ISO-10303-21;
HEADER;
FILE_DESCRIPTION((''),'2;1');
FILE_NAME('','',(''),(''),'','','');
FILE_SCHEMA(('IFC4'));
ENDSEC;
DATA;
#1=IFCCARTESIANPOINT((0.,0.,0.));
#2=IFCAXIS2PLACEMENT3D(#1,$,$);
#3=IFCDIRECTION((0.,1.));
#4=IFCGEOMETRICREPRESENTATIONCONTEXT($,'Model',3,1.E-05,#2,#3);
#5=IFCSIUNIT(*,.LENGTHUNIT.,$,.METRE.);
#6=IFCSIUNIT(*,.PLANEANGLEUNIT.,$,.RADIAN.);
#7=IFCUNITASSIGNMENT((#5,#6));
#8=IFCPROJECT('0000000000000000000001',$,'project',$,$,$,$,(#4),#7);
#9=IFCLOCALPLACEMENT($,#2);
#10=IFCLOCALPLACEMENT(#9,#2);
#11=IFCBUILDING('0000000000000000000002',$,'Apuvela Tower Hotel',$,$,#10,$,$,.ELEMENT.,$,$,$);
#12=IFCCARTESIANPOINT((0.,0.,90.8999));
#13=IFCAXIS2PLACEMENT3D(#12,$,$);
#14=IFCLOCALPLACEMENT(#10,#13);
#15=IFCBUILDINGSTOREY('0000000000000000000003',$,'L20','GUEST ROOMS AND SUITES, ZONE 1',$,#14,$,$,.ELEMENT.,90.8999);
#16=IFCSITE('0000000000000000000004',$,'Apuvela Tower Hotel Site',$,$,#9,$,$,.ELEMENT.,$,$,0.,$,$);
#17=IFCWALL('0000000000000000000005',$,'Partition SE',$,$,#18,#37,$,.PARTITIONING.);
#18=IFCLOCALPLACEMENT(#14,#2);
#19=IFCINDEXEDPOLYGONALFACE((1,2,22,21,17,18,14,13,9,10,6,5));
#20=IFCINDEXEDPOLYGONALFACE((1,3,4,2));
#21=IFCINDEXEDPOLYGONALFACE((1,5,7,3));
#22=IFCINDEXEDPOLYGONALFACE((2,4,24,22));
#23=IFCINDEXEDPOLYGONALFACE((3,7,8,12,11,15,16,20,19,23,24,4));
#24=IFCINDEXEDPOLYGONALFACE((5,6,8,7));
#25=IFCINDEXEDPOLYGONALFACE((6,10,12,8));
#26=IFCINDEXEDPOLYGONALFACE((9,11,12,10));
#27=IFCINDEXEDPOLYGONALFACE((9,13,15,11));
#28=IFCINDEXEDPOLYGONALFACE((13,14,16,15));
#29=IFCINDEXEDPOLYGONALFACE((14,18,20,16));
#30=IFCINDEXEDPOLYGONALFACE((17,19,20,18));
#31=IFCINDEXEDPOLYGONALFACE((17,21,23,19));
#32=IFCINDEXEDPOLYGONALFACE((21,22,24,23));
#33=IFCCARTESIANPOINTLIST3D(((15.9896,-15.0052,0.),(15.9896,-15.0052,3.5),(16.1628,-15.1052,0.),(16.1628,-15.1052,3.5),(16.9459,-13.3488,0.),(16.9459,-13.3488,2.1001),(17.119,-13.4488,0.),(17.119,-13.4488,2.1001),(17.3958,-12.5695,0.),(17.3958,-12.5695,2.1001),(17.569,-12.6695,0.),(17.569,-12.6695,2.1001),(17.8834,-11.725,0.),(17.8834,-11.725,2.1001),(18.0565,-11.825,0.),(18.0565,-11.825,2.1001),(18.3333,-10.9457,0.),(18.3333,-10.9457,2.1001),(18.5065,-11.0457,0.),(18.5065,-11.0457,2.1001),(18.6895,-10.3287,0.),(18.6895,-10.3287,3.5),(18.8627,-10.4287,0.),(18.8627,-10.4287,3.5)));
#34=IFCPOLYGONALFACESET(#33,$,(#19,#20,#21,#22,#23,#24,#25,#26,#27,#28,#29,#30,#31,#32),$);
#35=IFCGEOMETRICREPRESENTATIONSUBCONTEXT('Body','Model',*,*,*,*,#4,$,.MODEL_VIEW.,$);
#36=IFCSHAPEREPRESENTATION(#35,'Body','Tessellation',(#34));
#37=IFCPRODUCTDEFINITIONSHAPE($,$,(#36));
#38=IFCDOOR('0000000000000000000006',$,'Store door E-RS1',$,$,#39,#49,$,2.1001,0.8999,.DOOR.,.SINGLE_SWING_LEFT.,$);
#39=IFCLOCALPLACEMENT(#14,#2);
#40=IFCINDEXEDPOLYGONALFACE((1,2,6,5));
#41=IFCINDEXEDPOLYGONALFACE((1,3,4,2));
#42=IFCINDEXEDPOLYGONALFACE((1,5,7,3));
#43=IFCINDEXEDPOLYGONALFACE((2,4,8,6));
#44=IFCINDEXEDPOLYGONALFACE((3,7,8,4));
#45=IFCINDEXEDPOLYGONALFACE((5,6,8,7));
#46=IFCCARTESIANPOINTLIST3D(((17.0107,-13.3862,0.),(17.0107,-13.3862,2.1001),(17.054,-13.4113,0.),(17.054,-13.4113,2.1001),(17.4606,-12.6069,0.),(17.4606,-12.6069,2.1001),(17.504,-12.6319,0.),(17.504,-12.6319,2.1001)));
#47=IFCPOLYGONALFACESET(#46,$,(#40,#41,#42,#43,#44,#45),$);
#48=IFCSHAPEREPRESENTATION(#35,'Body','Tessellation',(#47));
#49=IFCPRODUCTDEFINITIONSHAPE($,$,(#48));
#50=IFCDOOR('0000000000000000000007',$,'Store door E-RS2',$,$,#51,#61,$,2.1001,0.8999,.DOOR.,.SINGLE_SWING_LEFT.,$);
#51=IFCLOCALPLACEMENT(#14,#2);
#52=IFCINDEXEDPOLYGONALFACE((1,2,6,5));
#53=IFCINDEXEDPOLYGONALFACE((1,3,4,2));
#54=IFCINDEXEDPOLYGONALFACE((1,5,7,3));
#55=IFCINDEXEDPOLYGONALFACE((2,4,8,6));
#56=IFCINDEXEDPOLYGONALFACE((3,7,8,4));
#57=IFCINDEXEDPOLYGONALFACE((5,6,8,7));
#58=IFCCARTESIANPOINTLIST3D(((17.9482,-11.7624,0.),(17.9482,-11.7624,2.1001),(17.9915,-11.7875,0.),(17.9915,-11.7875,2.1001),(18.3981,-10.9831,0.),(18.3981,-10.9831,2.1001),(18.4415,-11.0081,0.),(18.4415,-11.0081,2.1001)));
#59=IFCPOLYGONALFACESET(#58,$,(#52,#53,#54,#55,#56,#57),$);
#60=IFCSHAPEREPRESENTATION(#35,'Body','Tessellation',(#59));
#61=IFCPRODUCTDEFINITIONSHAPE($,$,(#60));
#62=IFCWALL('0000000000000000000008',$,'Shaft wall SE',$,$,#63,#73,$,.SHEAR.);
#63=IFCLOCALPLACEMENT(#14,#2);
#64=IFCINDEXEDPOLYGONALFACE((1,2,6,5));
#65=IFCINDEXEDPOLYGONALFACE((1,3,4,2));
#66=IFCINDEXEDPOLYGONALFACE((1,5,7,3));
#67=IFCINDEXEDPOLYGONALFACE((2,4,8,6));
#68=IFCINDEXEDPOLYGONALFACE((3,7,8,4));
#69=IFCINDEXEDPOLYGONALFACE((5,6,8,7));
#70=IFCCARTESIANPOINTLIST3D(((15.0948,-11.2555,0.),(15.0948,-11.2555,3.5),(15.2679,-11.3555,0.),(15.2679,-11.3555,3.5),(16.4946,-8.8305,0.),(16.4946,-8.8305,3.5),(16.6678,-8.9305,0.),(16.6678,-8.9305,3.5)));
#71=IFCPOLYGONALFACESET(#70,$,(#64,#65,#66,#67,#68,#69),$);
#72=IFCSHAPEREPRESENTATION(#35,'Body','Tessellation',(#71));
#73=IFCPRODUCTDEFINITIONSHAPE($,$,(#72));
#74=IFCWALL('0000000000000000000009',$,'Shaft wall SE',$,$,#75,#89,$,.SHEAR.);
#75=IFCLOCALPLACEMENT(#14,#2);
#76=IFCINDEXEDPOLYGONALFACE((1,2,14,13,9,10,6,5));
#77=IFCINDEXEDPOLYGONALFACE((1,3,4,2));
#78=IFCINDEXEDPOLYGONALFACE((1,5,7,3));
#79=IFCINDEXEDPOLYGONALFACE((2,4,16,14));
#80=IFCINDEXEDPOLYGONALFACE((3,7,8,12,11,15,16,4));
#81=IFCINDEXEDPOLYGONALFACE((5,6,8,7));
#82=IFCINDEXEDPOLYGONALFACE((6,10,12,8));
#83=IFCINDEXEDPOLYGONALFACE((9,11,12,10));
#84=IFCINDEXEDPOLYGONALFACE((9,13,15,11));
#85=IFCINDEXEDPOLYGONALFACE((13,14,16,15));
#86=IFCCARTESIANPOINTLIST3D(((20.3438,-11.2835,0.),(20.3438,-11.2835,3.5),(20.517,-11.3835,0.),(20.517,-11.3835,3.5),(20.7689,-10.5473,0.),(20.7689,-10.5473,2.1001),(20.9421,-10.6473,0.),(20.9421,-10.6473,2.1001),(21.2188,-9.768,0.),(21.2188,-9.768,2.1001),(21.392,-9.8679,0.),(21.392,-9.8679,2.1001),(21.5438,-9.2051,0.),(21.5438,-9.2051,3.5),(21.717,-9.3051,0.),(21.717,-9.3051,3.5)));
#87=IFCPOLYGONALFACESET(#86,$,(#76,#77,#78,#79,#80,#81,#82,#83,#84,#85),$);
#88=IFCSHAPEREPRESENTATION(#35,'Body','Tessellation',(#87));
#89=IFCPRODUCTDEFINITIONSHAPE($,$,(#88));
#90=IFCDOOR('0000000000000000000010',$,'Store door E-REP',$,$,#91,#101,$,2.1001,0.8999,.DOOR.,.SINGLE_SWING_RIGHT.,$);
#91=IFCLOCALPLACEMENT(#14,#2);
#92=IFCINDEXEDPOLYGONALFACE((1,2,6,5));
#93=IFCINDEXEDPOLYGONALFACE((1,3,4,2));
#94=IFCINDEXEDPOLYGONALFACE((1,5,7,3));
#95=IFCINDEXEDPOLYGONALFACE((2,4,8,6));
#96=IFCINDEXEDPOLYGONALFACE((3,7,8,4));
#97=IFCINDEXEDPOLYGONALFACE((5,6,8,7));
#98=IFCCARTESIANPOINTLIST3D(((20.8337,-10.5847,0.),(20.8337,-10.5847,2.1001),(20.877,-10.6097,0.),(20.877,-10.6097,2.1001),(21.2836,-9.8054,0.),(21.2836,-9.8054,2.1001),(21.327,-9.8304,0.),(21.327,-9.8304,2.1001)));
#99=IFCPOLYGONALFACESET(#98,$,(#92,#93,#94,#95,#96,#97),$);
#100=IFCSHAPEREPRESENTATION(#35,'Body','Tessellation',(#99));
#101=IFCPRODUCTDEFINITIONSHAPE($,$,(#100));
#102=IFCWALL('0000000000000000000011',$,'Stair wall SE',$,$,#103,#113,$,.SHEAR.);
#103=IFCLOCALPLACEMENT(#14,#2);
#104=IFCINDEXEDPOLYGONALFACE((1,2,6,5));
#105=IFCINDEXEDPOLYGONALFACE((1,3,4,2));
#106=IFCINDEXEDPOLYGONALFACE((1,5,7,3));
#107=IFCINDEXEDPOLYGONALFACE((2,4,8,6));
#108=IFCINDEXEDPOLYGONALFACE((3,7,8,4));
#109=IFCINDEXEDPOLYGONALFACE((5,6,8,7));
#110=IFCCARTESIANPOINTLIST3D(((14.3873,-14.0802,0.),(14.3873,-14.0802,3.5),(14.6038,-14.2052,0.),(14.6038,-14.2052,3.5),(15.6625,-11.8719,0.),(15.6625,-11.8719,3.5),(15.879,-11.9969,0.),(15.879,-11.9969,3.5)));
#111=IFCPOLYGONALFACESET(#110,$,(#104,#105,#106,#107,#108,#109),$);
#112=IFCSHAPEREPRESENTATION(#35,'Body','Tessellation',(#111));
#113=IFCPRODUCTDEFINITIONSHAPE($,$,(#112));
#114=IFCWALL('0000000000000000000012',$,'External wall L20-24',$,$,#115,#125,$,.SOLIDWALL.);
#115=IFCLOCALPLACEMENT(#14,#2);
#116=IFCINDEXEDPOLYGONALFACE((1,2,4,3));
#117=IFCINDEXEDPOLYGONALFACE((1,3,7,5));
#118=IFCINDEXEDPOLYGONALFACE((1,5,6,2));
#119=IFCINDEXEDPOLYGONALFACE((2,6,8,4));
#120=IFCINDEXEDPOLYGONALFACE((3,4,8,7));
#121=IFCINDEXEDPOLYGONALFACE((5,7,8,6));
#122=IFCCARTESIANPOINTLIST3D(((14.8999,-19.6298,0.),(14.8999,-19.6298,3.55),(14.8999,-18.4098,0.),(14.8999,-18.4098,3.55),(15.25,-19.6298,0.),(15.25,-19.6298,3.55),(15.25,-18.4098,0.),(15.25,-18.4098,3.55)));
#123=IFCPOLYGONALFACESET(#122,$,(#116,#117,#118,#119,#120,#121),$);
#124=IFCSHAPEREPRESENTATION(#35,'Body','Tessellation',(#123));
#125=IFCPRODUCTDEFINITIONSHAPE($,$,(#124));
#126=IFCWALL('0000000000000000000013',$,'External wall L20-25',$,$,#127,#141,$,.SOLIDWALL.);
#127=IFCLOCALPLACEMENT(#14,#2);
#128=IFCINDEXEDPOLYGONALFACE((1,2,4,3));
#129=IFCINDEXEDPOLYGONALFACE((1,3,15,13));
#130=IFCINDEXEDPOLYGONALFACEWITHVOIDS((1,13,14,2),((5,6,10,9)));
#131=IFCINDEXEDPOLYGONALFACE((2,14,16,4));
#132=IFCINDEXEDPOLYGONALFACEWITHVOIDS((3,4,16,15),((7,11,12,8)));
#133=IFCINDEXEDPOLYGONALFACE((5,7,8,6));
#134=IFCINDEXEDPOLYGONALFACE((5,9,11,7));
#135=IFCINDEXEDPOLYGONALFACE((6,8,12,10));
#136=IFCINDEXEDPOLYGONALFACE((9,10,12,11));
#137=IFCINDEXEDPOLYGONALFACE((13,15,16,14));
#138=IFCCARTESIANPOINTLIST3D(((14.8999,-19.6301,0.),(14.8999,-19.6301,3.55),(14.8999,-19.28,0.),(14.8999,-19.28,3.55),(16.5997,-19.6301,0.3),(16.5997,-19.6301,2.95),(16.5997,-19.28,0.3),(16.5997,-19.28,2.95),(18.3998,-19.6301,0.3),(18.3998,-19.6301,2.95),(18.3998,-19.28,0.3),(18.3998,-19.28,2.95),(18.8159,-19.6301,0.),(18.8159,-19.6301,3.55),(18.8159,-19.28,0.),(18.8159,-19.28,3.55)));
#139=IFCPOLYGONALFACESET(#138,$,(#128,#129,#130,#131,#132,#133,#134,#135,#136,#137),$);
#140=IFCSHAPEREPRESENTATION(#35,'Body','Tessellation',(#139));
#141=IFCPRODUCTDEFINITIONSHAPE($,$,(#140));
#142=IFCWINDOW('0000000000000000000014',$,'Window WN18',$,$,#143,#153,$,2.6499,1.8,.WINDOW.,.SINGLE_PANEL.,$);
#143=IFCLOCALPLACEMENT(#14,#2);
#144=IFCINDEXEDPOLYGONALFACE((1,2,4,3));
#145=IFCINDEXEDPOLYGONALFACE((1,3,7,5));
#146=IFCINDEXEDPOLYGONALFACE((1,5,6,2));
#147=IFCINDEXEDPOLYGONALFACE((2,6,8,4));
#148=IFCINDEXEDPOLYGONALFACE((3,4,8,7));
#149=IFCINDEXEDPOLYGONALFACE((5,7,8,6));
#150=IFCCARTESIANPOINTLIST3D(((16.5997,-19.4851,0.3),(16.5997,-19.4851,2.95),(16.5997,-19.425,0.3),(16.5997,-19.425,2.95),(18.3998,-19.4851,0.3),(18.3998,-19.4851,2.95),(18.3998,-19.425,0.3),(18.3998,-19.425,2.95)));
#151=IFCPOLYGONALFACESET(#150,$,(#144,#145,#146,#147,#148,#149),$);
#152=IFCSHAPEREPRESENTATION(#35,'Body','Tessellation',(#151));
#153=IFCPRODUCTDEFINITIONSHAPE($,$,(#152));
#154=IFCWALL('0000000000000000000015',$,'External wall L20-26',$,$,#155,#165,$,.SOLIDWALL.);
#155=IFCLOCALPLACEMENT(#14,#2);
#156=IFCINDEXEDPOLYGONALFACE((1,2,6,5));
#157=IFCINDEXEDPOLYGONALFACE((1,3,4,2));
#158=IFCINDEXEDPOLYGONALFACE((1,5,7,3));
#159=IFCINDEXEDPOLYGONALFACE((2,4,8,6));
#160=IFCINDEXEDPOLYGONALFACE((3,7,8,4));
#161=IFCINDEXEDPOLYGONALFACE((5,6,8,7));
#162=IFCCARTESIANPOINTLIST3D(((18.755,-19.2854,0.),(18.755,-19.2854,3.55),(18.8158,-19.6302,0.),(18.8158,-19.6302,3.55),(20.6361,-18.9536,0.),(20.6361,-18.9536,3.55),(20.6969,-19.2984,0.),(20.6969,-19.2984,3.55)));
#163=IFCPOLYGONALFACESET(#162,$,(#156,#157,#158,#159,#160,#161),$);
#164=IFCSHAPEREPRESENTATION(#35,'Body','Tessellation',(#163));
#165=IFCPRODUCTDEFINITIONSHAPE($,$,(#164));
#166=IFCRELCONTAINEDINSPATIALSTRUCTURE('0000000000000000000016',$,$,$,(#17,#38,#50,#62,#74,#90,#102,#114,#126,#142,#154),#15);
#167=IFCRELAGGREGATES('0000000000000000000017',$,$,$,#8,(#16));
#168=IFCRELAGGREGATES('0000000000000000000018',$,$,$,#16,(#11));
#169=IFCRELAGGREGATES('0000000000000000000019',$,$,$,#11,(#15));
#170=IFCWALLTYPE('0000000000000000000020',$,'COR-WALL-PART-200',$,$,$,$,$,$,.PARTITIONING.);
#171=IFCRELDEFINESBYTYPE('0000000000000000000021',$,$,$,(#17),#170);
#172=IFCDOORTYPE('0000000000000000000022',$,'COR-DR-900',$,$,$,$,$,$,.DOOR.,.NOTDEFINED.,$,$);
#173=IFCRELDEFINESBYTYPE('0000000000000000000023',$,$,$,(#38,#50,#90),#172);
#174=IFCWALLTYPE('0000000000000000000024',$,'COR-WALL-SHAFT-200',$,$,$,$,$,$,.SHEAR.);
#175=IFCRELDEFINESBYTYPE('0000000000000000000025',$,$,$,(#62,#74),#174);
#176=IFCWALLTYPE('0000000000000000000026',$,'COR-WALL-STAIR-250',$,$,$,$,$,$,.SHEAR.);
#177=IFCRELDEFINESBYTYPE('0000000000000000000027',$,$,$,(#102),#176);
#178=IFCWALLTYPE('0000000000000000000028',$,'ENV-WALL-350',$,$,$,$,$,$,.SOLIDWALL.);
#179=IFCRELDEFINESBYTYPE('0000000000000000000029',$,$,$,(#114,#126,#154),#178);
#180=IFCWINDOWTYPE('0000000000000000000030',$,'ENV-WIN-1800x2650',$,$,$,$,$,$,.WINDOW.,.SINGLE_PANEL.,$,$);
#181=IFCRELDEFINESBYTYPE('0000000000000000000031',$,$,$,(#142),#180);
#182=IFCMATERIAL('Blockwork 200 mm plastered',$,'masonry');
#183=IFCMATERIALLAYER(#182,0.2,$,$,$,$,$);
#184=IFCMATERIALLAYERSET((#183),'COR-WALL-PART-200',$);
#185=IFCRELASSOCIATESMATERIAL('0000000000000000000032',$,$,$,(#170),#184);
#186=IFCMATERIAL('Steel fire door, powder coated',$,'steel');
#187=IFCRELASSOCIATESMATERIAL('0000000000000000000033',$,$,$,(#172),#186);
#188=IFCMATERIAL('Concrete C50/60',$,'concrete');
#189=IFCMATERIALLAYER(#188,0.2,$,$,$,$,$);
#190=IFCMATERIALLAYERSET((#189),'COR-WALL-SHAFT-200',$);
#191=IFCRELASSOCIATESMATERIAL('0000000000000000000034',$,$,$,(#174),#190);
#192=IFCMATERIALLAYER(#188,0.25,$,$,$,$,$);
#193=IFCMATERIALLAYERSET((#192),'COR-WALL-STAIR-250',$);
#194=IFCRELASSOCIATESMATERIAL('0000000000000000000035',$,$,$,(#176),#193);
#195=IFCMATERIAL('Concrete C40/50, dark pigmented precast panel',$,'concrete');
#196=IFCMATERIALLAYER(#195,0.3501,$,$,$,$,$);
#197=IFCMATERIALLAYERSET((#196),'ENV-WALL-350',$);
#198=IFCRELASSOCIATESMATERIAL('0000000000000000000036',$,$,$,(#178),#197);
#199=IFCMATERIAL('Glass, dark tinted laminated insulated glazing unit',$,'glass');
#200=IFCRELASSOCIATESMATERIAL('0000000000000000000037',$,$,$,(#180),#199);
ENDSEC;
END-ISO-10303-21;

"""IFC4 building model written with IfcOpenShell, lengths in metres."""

from ifc_helpers import new_model, si_unit, direction, frame, frame_2d, origin, place, context, subcontext, project, spatial, rectangle, extrude, material, layer, layer_set, type_object, element, fill, save


model = new_model("IFC4")

# Units and contexts
model_context = context("Model", 3, precision=1e-05, world=origin(), true_north=direction((0.0, 1.0)))
body_context = subcontext(model_context, "Body", "Model", "MODEL_VIEW")
ifc_project = project(units=[si_unit("LENGTHUNIT", "METRE"), si_unit("PLANEANGLEUNIT", "RADIAN")], contexts=[model_context])

# Site, building, storey
site_placement = place(None, origin())
site = spatial("IfcSite", under=ifc_project, at=site_placement, Name="Apuvela Tower Hotel Site", CompositionType="ELEMENT", RefElevation=0.0)
building_placement = place(site_placement, origin())
building = spatial("IfcBuilding", under=site, at=building_placement, Name="Apuvela Tower Hotel", CompositionType="ELEMENT")
storey_placement = place(building_placement, frame((0.0, 0.0, 90.8999)))
storey = spatial("IfcBuildingStorey", under=building, at=storey_placement, Name="L20", Description="GUEST ROOMS AND SUITES, ZONE 1", CompositionType="ELEMENT", Elevation=90.8999)

# Wall, openings, doors
ifc_material_1 = material(Name="Blockwork 200 mm plastered", Category="masonry")
ifc_layer_1 = layer(ifc_material_1, 0.2)
ifc_layer_set_1 = layer_set([ifc_layer_1], Name="COR-WALL-PART-200")
wall_type_1 = type_object("IfcWallType", Name="COR-WALL-PART-200", PredefinedType="PARTITIONING", material=ifc_layer_set_1)
wall_1_placement = place(storey_placement, frame((16.0762, -15.0552, 0.0), z_axis=(0.0, 0.0, 1.0), x_axis=(0.499995, 0.866028, 0.0)))
wall_1 = element("IfcWall", 1, at=wall_1_placement, inside=storey, type_object=wall_type_1, Name="Partition SE", PredefinedType="PARTITIONING", context=body_context, shape_type="SweptSolid", body=[
    extrude(rectangle(XDim=5.3999, YDim=0.2, at=frame_2d((2.7, 0.0))), origin(), (0.0, 0.0, 1.0), 3.5),
])
opening_1_placement = place(wall_1_placement, frame((1.9126, 0.0, 0.0)))
opening_1 = element("IfcOpeningElement", 2, at=opening_1_placement, cuts=wall_1, PredefinedType="OPENING", context=body_context, shape_type="SweptSolid", body=[
    extrude(rectangle(XDim=0.8999, YDim=2.1001, at=frame_2d((0.45, 1.05))), frame((0.0, 0.1099, 0.0), z_axis=(0.0, -1.0, 0.0), x_axis=(1.0, 0.0, 0.0)), (0.0, 0.0, 1.0), 0.22),
])
opening_2_placement = place(wall_1_placement, frame((3.7876, 0.0, 0.0)))
opening_2 = element("IfcOpeningElement", 3, at=opening_2_placement, cuts=wall_1, PredefinedType="OPENING", context=body_context, shape_type="SweptSolid", body=[
    extrude(rectangle(XDim=0.8999, YDim=2.1001, at=frame_2d((0.45, 1.05))), frame((0.0, 0.1099, 0.0), z_axis=(0.0, -1.0, 0.0), x_axis=(1.0, 0.0, 0.0)), (0.0, 0.0, 1.0), 0.22),
])
ifc_material_2 = material(Name="Steel fire door, powder coated", Category="steel")
door_type_1 = type_object("IfcDoorType", Name="COR-DR-900", OperationType="NOTDEFINED", PredefinedType="DOOR", material=ifc_material_2)
door_1_placement = place(opening_1_placement, frame((0.8999, 0.0, 0.0), z_axis=(0.0, 0.0, 1.0), x_axis=(-1.0, 0.0, 0.0)))
door_1 = element("IfcDoor", 4, at=door_1_placement, inside=storey, type_object=door_type_1, Name="Store door E-RS1", OperationType="SINGLE_SWING_LEFT", OverallHeight=2.1001, OverallWidth=0.8999, PredefinedType="DOOR", context=body_context, shape_type="SweptSolid", body=[
    extrude(rectangle(XDim=0.8999, YDim=2.1001, at=frame_2d((0.45, 1.05))), frame((0.0, 0.0249, 0.0), z_axis=(0.0, -1.0, 0.0), x_axis=(1.0, 0.0, 0.0)), (0.0, 0.0, 1.0), 0.05),
])
fill(opening_1, door_1)
door_2_placement = place(opening_2_placement, frame((0.8999, 0.0, 0.0), z_axis=(0.0, 0.0, 1.0), x_axis=(-1.0, 0.0, 0.0)))
door_2 = element("IfcDoor", 5, at=door_2_placement, inside=storey, type_object=door_type_1, Name="Store door E-RS2", OperationType="SINGLE_SWING_LEFT", OverallHeight=2.1001, OverallWidth=0.8999, PredefinedType="DOOR", context=body_context, shape_type="SweptSolid", body=[
    extrude(rectangle(XDim=0.8999, YDim=2.1001, at=frame_2d((0.45, 1.05))), frame((0.0, 0.0249, 0.0), z_axis=(0.0, -1.0, 0.0), x_axis=(1.0, 0.0, 0.0)), (0.0, 0.0, 1.0), 0.05),
])
fill(opening_2, door_2)

# Wall
ifc_material_3 = material(Name="Concrete C50/60", Category="concrete")
ifc_layer_2 = layer(ifc_material_3, 0.2)
ifc_layer_set_2 = layer_set([ifc_layer_2], Name="COR-WALL-SHAFT-200")
wall_type_2 = type_object("IfcWallType", Name="COR-WALL-SHAFT-200", PredefinedType="SHEAR", material=ifc_layer_set_2)
wall_2_placement = place(storey_placement, frame((15.1814, -11.3054, 0.0), z_axis=(0.0, 0.0, 1.0), x_axis=(0.499946, 0.866056, 0.0)))
element("IfcWall", 6, at=wall_2_placement, inside=storey, type_object=wall_type_2, Name="Shaft wall SE", PredefinedType="SHEAR", context=body_context, shape_type="SweptSolid", body=[
    extrude(rectangle(XDim=2.8, YDim=0.2, at=frame_2d((1.3999, 0.0))), origin(), (0.0, 0.0, 1.0), 3.5),
])

# Wall, opening, door
wall_3_placement = place(storey_placement, frame((20.4304, -11.3335, 0.0), z_axis=(0.0, 0.0, 1.0), x_axis=(0.500001, 0.866025, 0.0)))
wall_3 = element("IfcWall", 7, at=wall_3_placement, inside=storey, type_object=wall_type_2, Name="Shaft wall SE", PredefinedType="SHEAR", context=body_context, shape_type="SweptSolid", body=[
    extrude(rectangle(XDim=2.3999, YDim=0.2, at=frame_2d((1.2, 0.0))), origin(), (0.0, 0.0, 1.0), 3.5),
])
opening_3_placement = place(wall_3_placement, frame((0.8501, 0.0, 0.0)))
opening_3 = element("IfcOpeningElement", 8, at=opening_3_placement, cuts=wall_3, PredefinedType="OPENING", context=body_context, shape_type="SweptSolid", body=[
    extrude(rectangle(XDim=0.8999, YDim=2.1001, at=frame_2d((0.45, 1.05))), frame((0.0, 0.1099, 0.0), z_axis=(0.0, -1.0, 0.0), x_axis=(1.0, 0.0, 0.0)), (0.0, 0.0, 1.0), 0.22),
])
door_3_placement = place(opening_3_placement, frame((0.8999, 0.0, 0.0), z_axis=(0.0, 0.0, 1.0), x_axis=(-1.0, 0.0, 0.0)))
door_3 = element("IfcDoor", 9, at=door_3_placement, inside=storey, type_object=door_type_1, Name="Store door E-REP", OperationType="SINGLE_SWING_RIGHT", OverallHeight=2.1001, OverallWidth=0.8999, PredefinedType="DOOR", context=body_context, shape_type="SweptSolid", body=[
    extrude(rectangle(XDim=0.8999, YDim=2.1001, at=frame_2d((0.45, 1.05))), frame((0.0, 0.0249, 0.0), z_axis=(0.0, -1.0, 0.0), x_axis=(1.0, 0.0, 0.0)), (0.0, 0.0, 1.0), 0.05),
])
fill(opening_3, door_3)

# Walls
ifc_layer_3 = layer(ifc_material_3, 0.25)
ifc_layer_set_3 = layer_set([ifc_layer_3], Name="COR-WALL-STAIR-250")
wall_type_3 = type_object("IfcWallType", Name="COR-WALL-STAIR-250", PredefinedType="SHEAR", material=ifc_layer_set_3)
wall_4_placement = place(storey_placement, frame((14.4956, -14.1426, 0.0), z_axis=(0.0, 0.0, 1.0), x_axis=(0.500062, 0.865989, 0.0)))
element("IfcWall", 10, at=wall_4_placement, inside=storey, type_object=wall_type_3, Name="Stair wall SE", PredefinedType="SHEAR", context=body_context, shape_type="SweptSolid", body=[
    extrude(rectangle(XDim=2.55, YDim=0.25, at=frame_2d((1.2749, 0.0))), origin(), (0.0, 0.0, 1.0), 3.5),
])
ifc_material_4 = material(Name="Concrete C40/50, dark pigmented precast panel", Category="concrete")
ifc_layer_4 = layer(ifc_material_4, 0.3501)
ifc_layer_set_4 = layer_set([ifc_layer_4], Name="ENV-WALL-350")
wall_type_4 = type_object("IfcWallType", Name="ENV-WALL-350", PredefinedType="SOLIDWALL", material=ifc_layer_set_4)
wall_5_placement = place(storey_placement, frame((15.075, -18.4099, 0.0), z_axis=(0.0, 0.0, 1.0), x_axis=(0.0, -1.0, 0.0)))
element("IfcWall", 11, at=wall_5_placement, inside=storey, type_object=wall_type_4, Name="External wall L20-24", PredefinedType="SOLIDWALL", context=body_context, shape_type="SweptSolid", body=[
    extrude(rectangle(XDim=1.22, YDim=0.3501, at=frame_2d((0.6099, 0.0))), origin(), (0.0, 0.0, 1.0), 3.55),
])

# Wall, opening, window
wall_6_placement = place(storey_placement, frame((14.8999, -19.4551, 0.0), z_axis=(0.0, 0.0, 1.0), x_axis=(1.0, 0.0, 0.0)))
wall_6 = element("IfcWall", 12, at=wall_6_placement, inside=storey, type_object=wall_type_4, Name="External wall L20-25", PredefinedType="SOLIDWALL", context=body_context, shape_type="SweptSolid", body=[
    extrude(rectangle(XDim=3.916, YDim=0.3501, at=frame_2d((1.958, 0.0))), origin(), (0.0, 0.0, 1.0), 3.55),
])
opening_4_placement = place(wall_6_placement, frame((1.7, 0.0, 0.3)))
opening_4 = element("IfcOpeningElement", 13, at=opening_4_placement, cuts=wall_6, PredefinedType="OPENING", context=body_context, shape_type="SweptSolid", body=[
    extrude(rectangle(XDim=1.8, YDim=2.6499, at=frame_2d((0.8999, 1.325))), frame((0.0, 0.1851, 0.0), z_axis=(0.0, -1.0, 0.0), x_axis=(1.0, 0.0, 0.0)), (0.0, 0.0, 1.0), 0.3701),
])
ifc_material_5 = material(Name="Glass, dark tinted laminated insulated glazing unit", Category="glass")
window_type = type_object("IfcWindowType", Name="ENV-WIN-1800x2650", PartitioningType="SINGLE_PANEL", PredefinedType="WINDOW", material=ifc_material_5)
window_placement = place(opening_4_placement, origin())
window = element("IfcWindow", 14, at=window_placement, inside=storey, type_object=window_type, Name="Window WN18", OverallHeight=2.6499, OverallWidth=1.8, PartitioningType="SINGLE_PANEL", PredefinedType="WINDOW", context=body_context, shape_type="SweptSolid", body=[
    extrude(rectangle(XDim=1.8, YDim=2.6499, at=frame_2d((0.8999, 1.325))), frame((0.0, 0.03, 0.0), z_axis=(0.0, -1.0, 0.0), x_axis=(1.0, 0.0, 0.0)), (0.0, 0.0, 1.0), 0.0601),
])
fill(opening_4, window)

# Wall
wall_7_placement = place(storey_placement, frame((18.7854, -19.4578, 0.0), z_axis=(0.0, 0.0, 1.0), x_axis=(0.984799, 0.173698, 0.0)))
element("IfcWall", 15, at=wall_7_placement, inside=storey, type_object=wall_type_4, Name="External wall L20-26", PredefinedType="SOLIDWALL", context=body_context, shape_type="SweptSolid", body=[
    extrude(rectangle(XDim=1.9102, YDim=0.3501, at=frame_2d((0.9551, 0.0))), origin(), (0.0, 0.0, 1.0), 3.55),
])

save(model, "model.ifc")
